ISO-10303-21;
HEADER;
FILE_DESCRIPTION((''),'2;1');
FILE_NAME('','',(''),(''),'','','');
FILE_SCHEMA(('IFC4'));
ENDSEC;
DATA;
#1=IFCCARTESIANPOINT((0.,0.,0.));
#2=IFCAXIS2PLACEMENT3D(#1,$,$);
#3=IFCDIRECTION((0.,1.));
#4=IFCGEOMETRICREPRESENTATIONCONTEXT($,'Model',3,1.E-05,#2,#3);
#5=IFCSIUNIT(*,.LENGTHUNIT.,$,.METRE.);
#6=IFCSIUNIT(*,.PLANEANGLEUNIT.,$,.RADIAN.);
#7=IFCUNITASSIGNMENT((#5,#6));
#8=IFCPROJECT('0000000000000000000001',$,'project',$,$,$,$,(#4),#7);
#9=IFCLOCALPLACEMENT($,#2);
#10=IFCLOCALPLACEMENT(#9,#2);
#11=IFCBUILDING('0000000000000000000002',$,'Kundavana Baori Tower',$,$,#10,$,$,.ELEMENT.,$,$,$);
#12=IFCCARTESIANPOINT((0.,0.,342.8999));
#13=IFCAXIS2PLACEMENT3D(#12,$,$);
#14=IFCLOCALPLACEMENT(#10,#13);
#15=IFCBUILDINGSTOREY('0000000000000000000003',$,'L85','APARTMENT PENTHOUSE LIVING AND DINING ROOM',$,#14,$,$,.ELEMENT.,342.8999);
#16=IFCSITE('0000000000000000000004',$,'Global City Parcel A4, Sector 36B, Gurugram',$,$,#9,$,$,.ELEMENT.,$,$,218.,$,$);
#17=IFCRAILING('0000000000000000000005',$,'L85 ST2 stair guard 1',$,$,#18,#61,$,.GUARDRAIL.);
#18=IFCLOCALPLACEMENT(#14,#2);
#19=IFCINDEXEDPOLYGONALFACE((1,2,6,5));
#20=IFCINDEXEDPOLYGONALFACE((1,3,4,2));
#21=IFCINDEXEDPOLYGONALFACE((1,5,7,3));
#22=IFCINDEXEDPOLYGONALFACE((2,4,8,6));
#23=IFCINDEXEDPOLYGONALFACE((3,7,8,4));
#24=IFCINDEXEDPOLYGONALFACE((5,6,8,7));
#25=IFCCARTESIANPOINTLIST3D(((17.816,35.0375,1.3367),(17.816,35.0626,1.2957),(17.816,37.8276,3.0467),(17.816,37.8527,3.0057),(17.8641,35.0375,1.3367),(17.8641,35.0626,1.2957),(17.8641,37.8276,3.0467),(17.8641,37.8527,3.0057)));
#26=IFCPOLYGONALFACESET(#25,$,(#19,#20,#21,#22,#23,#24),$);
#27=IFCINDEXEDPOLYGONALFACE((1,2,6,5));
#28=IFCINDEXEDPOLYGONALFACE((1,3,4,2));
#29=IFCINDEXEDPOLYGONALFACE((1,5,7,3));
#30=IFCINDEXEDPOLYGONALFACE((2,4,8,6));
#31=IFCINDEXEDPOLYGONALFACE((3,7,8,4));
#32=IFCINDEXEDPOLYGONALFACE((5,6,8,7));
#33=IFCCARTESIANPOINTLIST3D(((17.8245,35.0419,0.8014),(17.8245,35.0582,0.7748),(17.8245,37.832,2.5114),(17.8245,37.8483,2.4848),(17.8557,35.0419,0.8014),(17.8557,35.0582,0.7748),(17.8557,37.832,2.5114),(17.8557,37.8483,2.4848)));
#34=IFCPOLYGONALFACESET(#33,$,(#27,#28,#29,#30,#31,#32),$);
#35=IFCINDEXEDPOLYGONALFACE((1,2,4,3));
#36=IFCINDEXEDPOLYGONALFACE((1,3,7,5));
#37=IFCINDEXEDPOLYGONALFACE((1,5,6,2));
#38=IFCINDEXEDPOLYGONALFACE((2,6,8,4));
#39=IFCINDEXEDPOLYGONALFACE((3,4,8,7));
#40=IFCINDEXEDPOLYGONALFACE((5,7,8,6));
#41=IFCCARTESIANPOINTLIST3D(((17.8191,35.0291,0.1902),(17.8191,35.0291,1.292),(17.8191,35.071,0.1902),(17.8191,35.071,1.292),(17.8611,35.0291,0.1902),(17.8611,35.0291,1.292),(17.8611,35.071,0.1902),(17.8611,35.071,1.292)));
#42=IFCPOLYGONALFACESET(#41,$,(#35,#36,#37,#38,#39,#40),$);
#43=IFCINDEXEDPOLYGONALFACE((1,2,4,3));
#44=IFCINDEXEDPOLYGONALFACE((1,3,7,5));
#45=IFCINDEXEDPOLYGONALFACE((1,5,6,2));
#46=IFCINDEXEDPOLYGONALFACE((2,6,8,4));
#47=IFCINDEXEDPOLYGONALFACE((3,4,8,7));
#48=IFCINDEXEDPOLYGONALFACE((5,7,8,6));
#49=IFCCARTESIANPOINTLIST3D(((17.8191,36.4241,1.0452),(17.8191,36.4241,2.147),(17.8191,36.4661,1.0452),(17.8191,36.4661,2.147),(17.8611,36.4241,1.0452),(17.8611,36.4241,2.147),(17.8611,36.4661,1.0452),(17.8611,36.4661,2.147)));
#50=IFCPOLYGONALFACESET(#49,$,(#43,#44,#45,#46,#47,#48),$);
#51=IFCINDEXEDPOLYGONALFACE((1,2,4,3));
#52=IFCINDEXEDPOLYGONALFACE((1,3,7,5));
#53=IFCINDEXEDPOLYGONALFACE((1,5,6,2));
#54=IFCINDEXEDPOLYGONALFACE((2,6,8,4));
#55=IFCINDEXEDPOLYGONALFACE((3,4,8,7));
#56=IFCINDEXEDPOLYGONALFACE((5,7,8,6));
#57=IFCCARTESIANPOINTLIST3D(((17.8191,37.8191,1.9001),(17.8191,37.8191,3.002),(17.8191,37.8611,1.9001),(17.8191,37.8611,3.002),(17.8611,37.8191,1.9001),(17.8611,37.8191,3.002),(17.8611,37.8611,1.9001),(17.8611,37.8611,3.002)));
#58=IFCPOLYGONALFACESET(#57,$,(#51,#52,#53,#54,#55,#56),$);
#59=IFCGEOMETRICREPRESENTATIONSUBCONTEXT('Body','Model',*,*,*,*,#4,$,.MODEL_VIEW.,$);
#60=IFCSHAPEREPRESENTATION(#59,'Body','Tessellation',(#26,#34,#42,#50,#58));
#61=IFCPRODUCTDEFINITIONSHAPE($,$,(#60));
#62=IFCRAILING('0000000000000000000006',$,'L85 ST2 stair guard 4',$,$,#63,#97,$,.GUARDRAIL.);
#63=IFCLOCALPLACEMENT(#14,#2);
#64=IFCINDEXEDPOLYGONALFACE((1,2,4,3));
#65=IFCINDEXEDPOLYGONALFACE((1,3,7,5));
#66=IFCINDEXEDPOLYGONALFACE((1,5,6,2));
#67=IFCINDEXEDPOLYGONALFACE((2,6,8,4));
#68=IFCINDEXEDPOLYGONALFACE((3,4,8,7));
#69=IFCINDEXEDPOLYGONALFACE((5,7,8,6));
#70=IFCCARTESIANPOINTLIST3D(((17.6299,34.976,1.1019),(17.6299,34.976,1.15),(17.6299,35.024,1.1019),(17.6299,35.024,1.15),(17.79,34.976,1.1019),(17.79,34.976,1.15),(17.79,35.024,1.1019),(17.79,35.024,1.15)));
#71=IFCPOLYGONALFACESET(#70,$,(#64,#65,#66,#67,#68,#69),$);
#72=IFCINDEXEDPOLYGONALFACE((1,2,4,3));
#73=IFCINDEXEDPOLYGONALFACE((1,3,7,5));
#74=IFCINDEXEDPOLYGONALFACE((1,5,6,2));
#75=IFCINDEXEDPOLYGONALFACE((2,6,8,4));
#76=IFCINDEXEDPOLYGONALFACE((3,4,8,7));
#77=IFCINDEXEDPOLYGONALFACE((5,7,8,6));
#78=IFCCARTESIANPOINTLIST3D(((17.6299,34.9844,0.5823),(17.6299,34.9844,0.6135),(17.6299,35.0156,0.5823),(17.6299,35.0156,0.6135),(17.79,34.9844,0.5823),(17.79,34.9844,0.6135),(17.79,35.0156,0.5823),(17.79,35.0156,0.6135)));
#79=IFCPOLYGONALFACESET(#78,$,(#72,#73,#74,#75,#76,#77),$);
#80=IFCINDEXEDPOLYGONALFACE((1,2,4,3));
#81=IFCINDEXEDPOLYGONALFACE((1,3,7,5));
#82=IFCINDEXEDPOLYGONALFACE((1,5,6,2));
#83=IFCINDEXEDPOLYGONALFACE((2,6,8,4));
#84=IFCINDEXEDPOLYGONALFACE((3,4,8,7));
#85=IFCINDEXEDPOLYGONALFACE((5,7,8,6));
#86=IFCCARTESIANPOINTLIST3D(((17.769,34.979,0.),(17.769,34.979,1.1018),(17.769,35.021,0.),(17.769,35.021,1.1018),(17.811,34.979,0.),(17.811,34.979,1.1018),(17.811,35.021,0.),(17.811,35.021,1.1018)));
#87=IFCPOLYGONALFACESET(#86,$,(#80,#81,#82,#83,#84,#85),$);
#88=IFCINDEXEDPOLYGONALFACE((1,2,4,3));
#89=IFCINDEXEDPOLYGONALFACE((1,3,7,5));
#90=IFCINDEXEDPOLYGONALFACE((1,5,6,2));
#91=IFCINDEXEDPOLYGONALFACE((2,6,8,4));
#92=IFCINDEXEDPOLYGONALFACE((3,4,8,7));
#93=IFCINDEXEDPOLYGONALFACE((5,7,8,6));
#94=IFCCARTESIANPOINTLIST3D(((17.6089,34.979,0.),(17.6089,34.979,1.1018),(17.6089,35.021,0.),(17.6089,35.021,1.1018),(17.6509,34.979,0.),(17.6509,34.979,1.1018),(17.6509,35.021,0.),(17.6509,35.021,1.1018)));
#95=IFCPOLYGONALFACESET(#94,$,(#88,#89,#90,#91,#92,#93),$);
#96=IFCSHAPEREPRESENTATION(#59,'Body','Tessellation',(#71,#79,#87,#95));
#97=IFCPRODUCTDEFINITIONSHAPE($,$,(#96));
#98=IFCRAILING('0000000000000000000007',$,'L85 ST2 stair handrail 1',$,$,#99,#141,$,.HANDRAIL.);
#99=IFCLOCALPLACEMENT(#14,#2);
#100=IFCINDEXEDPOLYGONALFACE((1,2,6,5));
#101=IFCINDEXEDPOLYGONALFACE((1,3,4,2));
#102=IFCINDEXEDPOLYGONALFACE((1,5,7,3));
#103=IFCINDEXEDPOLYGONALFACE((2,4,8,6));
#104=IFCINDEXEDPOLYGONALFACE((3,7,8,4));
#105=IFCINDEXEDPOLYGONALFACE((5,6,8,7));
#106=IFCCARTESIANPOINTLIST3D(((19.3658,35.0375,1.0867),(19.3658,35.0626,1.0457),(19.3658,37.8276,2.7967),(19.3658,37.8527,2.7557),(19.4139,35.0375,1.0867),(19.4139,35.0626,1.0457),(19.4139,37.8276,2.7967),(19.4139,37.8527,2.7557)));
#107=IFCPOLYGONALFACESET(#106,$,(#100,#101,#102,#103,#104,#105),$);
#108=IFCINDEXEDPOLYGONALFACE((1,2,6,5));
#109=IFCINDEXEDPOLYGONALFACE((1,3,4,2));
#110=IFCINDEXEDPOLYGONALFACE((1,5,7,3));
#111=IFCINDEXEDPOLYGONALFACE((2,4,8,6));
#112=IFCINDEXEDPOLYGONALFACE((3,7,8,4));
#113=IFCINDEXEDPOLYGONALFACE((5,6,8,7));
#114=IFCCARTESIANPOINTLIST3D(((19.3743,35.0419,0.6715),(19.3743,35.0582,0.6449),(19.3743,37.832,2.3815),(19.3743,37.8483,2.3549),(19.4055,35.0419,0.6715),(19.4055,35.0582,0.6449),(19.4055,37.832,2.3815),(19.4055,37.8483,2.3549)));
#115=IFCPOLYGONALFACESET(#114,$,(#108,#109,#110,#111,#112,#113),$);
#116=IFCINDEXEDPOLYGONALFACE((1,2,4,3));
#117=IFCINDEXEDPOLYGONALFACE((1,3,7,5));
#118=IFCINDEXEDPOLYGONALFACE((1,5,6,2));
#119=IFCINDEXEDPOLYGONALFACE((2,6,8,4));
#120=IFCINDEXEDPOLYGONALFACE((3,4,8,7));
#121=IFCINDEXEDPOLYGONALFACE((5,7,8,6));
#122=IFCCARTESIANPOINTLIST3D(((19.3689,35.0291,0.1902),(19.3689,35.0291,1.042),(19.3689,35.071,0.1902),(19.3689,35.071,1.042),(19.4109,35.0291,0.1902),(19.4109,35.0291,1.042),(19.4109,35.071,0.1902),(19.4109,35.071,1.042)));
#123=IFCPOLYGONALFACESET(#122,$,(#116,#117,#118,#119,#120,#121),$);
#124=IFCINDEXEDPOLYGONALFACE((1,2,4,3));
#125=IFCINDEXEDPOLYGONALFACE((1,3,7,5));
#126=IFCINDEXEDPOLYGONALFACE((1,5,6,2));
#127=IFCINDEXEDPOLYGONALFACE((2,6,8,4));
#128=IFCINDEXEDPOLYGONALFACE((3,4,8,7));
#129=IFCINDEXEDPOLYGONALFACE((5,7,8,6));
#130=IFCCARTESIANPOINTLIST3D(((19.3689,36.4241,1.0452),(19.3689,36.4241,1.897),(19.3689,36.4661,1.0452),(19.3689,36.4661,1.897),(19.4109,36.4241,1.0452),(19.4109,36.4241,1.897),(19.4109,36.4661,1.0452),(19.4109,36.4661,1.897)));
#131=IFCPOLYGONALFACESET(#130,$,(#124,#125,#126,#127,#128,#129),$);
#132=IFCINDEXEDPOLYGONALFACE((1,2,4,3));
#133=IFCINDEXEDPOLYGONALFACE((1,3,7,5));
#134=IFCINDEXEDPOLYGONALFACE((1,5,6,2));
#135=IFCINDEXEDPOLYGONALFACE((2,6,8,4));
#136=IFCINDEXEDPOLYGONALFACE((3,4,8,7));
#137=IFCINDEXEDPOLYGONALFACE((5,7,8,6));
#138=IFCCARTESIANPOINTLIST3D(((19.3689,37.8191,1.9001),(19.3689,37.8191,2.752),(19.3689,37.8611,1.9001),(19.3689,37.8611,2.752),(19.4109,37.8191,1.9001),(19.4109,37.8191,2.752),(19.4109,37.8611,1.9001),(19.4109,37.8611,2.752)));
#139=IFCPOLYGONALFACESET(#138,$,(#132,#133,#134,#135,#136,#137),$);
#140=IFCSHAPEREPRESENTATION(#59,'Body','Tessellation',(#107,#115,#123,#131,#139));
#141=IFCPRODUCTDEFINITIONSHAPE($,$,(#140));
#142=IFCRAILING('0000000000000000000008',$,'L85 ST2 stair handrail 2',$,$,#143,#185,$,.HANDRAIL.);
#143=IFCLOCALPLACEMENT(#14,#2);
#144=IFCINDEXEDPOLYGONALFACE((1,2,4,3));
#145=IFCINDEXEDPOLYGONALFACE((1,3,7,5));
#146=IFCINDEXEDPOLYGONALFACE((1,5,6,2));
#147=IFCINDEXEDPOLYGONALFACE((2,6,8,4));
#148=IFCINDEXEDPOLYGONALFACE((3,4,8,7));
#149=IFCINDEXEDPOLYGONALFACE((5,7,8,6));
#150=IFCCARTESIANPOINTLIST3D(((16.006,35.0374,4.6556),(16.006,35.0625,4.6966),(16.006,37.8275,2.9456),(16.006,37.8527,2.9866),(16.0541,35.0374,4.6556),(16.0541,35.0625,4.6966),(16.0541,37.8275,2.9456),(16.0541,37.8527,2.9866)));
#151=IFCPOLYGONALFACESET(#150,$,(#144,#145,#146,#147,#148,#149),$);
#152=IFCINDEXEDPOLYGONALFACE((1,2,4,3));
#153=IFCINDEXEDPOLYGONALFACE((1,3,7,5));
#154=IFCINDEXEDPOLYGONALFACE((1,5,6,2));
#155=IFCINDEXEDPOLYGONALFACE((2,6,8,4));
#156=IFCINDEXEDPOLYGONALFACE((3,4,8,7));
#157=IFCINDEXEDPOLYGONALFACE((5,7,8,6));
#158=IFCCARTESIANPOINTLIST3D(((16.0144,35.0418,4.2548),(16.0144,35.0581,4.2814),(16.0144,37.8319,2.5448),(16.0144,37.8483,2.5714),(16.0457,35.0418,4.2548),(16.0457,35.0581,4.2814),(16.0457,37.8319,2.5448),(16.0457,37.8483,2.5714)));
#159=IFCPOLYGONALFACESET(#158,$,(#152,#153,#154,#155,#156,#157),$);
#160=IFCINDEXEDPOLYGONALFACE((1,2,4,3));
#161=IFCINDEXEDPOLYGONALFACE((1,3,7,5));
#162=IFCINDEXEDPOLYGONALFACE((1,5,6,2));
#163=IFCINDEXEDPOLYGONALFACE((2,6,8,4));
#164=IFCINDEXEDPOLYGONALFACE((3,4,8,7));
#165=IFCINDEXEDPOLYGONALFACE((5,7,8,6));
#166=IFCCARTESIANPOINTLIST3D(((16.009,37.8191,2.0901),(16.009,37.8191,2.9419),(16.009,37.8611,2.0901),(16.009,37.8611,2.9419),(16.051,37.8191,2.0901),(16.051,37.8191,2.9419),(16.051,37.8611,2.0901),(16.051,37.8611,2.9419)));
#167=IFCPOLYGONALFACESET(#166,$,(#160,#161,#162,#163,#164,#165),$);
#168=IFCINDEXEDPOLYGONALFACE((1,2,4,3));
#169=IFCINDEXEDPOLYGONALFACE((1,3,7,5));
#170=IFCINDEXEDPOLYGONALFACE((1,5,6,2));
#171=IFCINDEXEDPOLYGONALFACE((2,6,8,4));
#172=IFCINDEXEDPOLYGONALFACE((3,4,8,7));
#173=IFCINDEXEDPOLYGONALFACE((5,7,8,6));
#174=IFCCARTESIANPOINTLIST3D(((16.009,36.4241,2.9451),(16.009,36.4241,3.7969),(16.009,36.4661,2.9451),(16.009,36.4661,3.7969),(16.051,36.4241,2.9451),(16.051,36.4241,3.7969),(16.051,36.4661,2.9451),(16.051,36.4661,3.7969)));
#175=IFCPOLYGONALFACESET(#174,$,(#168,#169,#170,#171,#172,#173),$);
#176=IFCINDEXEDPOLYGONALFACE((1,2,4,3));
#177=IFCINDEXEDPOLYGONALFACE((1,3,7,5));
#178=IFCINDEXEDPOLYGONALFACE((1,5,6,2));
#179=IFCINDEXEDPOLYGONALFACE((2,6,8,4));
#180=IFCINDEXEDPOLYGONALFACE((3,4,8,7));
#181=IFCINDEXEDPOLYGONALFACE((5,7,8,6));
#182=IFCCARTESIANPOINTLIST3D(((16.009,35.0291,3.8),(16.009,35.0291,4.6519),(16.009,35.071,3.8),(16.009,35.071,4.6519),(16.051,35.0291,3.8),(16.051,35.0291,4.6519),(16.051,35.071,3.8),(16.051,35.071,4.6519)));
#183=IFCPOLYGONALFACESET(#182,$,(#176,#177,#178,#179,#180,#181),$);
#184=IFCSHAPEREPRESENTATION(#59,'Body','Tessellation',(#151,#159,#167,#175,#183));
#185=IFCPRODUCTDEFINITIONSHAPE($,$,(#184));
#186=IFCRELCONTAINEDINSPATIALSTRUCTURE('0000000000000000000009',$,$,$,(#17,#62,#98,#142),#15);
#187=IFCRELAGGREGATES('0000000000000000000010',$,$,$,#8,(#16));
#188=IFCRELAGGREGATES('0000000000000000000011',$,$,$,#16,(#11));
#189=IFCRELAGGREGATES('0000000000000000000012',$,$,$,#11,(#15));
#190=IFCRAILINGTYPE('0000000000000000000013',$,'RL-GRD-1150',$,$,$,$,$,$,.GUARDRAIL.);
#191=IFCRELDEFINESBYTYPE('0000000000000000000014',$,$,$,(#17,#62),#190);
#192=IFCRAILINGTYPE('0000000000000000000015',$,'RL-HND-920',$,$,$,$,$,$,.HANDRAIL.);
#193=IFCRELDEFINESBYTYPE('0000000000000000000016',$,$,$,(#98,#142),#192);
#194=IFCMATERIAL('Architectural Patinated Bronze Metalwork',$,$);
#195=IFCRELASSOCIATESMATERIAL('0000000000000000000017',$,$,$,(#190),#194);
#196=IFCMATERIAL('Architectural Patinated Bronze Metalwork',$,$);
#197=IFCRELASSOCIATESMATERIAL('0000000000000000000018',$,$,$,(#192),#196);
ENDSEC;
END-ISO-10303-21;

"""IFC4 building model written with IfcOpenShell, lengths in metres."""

from ifc_helpers import new_model, si_unit, direction, frame, origin, origin_2d, place, context, subcontext, project, spatial, rectangle, extrude, material, type_object, element, save


model = new_model("IFC4")

# Units and contexts
model_context = context("Model", 3, precision=1e-05, world=origin(), true_north=direction((0.0, 1.0)))
body_context = subcontext(model_context, "Body", "Model", "MODEL_VIEW")
ifc_project = project(units=[si_unit("LENGTHUNIT", "METRE"), si_unit("PLANEANGLEUNIT", "RADIAN")], contexts=[model_context])

# Site, building, storey
site_placement = place(None, origin())
site = spatial("IfcSite", under=ifc_project, at=site_placement, Name="Global City Parcel A4, Sector 36B, Gurugram", CompositionType="ELEMENT", RefElevation=218.0)
building_placement = place(site_placement, origin())
building = spatial("IfcBuilding", under=site, at=building_placement, Name="Kundavana Baori Tower", CompositionType="ELEMENT")
storey_placement = place(building_placement, frame((0.0, 0.0, 342.8999)))
storey = spatial("IfcBuildingStorey", under=building, at=storey_placement, Name="L85", Description="APARTMENT PENTHOUSE LIVING AND DINING ROOM", CompositionType="ELEMENT", Elevation=342.8999)

# Railings
ifc_material_1 = material(Name="Architectural Patinated Bronze Metalwork")
railing_type_1 = type_object("IfcRailingType", Name="RL-GRD-1150", PredefinedType="GUARDRAIL", material=ifc_material_1)
railing_1_placement = place(storey_placement, frame((17.8401, 35.05, 0.1902)))
element("IfcRailing", 1, at=railing_1_placement, inside=storey, type_object=railing_type_1, Name="L85 ST2 stair guard 1", PredefinedType="GUARDRAIL", context=body_context, shape_type="SweptSolid", body=[
    extrude(rectangle(XDim=0.0481, YDim=0.0481, at=origin_2d()), frame((0.0, 0.0, 1.126), z_axis=(0.0, 0.85261, 0.522548), x_axis=(-1.0, 0.0, 0.0)), (0.0, 0.0, 1.0), 3.2725),
    extrude(rectangle(XDim=0.0312, YDim=0.0312, at=origin_2d()), frame((0.0, 0.0, 0.5979), z_axis=(0.0, 0.85261, 0.522548), x_axis=(-1.0, 0.0, 0.0)), (0.0, 0.0, 1.0), 3.2725),
    extrude(rectangle(XDim=0.042, YDim=0.042, at=origin_2d()), origin(), (0.0, 0.0, 1.0), 1.1018),
    extrude(rectangle(XDim=0.042, YDim=0.042, at=origin_2d()), frame((0.0, 1.395, 0.855)), (0.0, 0.0, 1.0), 1.1018),
    extrude(rectangle(XDim=0.042, YDim=0.042, at=origin_2d()), frame((0.0, 2.79, 1.71)), (0.0, 0.0, 1.0), 1.1018),
])
railing_2_placement = place(storey_placement, frame((17.79, 35.0, 0.0)))
element("IfcRailing", 2, at=railing_2_placement, inside=storey, type_object=railing_type_1, Name="L85 ST2 stair guard 4", PredefinedType="GUARDRAIL", context=body_context, shape_type="SweptSolid", body=[
    extrude(rectangle(XDim=0.0481, YDim=0.0481, at=origin_2d()), frame((0.0, 0.0, 1.126), z_axis=(-1.0, 0.0, 0.0), x_axis=(0.0, -1.0, 0.0)), (0.0, 0.0, 1.0), 0.1602),
    extrude(rectangle(XDim=0.0312, YDim=0.0312, at=origin_2d()), frame((0.0, 0.0, 0.5979), z_axis=(-1.0, 0.0, 0.0), x_axis=(0.0, -1.0, 0.0)), (0.0, 0.0, 1.0), 0.1602),
    extrude(rectangle(XDim=0.042, YDim=0.042, at=origin_2d()), origin(), (0.0, 0.0, 1.0), 1.1018),
    extrude(rectangle(XDim=0.042, YDim=0.042, at=origin_2d()), frame((-0.1602, 0.0, 0.0)), (0.0, 0.0, 1.0), 1.1018),
])
ifc_material_2 = material(Name="Architectural Patinated Bronze Metalwork")
railing_type_2 = type_object("IfcRailingType", Name="RL-HND-920", PredefinedType="HANDRAIL", material=ifc_material_2)
railing_3_placement = place(storey_placement, frame((19.3899, 35.05, 0.1902)))
element("IfcRailing", 3, at=railing_3_placement, inside=storey, type_object=railing_type_2, Name="L85 ST2 stair handrail 1", PredefinedType="HANDRAIL", context=body_context, shape_type="SweptSolid", body=[
    extrude(rectangle(XDim=0.0481, YDim=0.0481, at=origin_2d()), frame((0.0, 0.0, 0.876), z_axis=(0.0, 0.85261, 0.522548), x_axis=(-1.0, 0.0, 0.0)), (0.0, 0.0, 1.0), 3.2725),
    extrude(rectangle(XDim=0.0312, YDim=0.0312, at=origin_2d()), frame((0.0, 0.0, 0.468), z_axis=(0.0, 0.85261, 0.522548), x_axis=(-1.0, 0.0, 0.0)), (0.0, 0.0, 1.0), 3.2725),
    extrude(rectangle(XDim=0.042, YDim=0.042, at=origin_2d()), origin(), (0.0, 0.0, 1.0), 0.8518),
    extrude(rectangle(XDim=0.042, YDim=0.042, at=origin_2d()), frame((0.0, 1.395, 0.855)), (0.0, 0.0, 1.0), 0.8518),
    extrude(rectangle(XDim=0.042, YDim=0.042, at=origin_2d()), frame((0.0, 2.79, 1.71)), (0.0, 0.0, 1.0), 0.8518),
])
railing_4_placement = place(storey_placement, frame((16.03, 37.8401, 2.0901)))
element("IfcRailing", 4, at=railing_4_placement, inside=storey, type_object=railing_type_2, Name="L85 ST2 stair handrail 2", PredefinedType="HANDRAIL", context=body_context, shape_type="SweptSolid", body=[
    extrude(rectangle(XDim=0.0481, YDim=0.0481, at=origin_2d()), frame((0.0, 0.0, 0.876), z_axis=(0.0, -0.85261, 0.522548), x_axis=(1.0, 0.0, 0.0)), (0.0, 0.0, 1.0), 3.2725),
    extrude(rectangle(XDim=0.0312, YDim=0.0312, at=origin_2d()), frame((0.0, 0.0, 0.468), z_axis=(0.0, -0.85261, 0.522548), x_axis=(1.0, 0.0, 0.0)), (0.0, 0.0, 1.0), 3.2725),
    extrude(rectangle(XDim=0.042, YDim=0.042, at=origin_2d()), origin(), (0.0, 0.0, 1.0), 0.8518),
    extrude(rectangle(XDim=0.042, YDim=0.042, at=origin_2d()), frame((0.0, -1.395, 0.855)), (0.0, 0.0, 1.0), 0.8518),
    extrude(rectangle(XDim=0.042, YDim=0.042, at=origin_2d()), frame((0.0, -2.79, 1.71)), (0.0, 0.0, 1.0), 0.8518),
])

save(model, "model.ifc")
